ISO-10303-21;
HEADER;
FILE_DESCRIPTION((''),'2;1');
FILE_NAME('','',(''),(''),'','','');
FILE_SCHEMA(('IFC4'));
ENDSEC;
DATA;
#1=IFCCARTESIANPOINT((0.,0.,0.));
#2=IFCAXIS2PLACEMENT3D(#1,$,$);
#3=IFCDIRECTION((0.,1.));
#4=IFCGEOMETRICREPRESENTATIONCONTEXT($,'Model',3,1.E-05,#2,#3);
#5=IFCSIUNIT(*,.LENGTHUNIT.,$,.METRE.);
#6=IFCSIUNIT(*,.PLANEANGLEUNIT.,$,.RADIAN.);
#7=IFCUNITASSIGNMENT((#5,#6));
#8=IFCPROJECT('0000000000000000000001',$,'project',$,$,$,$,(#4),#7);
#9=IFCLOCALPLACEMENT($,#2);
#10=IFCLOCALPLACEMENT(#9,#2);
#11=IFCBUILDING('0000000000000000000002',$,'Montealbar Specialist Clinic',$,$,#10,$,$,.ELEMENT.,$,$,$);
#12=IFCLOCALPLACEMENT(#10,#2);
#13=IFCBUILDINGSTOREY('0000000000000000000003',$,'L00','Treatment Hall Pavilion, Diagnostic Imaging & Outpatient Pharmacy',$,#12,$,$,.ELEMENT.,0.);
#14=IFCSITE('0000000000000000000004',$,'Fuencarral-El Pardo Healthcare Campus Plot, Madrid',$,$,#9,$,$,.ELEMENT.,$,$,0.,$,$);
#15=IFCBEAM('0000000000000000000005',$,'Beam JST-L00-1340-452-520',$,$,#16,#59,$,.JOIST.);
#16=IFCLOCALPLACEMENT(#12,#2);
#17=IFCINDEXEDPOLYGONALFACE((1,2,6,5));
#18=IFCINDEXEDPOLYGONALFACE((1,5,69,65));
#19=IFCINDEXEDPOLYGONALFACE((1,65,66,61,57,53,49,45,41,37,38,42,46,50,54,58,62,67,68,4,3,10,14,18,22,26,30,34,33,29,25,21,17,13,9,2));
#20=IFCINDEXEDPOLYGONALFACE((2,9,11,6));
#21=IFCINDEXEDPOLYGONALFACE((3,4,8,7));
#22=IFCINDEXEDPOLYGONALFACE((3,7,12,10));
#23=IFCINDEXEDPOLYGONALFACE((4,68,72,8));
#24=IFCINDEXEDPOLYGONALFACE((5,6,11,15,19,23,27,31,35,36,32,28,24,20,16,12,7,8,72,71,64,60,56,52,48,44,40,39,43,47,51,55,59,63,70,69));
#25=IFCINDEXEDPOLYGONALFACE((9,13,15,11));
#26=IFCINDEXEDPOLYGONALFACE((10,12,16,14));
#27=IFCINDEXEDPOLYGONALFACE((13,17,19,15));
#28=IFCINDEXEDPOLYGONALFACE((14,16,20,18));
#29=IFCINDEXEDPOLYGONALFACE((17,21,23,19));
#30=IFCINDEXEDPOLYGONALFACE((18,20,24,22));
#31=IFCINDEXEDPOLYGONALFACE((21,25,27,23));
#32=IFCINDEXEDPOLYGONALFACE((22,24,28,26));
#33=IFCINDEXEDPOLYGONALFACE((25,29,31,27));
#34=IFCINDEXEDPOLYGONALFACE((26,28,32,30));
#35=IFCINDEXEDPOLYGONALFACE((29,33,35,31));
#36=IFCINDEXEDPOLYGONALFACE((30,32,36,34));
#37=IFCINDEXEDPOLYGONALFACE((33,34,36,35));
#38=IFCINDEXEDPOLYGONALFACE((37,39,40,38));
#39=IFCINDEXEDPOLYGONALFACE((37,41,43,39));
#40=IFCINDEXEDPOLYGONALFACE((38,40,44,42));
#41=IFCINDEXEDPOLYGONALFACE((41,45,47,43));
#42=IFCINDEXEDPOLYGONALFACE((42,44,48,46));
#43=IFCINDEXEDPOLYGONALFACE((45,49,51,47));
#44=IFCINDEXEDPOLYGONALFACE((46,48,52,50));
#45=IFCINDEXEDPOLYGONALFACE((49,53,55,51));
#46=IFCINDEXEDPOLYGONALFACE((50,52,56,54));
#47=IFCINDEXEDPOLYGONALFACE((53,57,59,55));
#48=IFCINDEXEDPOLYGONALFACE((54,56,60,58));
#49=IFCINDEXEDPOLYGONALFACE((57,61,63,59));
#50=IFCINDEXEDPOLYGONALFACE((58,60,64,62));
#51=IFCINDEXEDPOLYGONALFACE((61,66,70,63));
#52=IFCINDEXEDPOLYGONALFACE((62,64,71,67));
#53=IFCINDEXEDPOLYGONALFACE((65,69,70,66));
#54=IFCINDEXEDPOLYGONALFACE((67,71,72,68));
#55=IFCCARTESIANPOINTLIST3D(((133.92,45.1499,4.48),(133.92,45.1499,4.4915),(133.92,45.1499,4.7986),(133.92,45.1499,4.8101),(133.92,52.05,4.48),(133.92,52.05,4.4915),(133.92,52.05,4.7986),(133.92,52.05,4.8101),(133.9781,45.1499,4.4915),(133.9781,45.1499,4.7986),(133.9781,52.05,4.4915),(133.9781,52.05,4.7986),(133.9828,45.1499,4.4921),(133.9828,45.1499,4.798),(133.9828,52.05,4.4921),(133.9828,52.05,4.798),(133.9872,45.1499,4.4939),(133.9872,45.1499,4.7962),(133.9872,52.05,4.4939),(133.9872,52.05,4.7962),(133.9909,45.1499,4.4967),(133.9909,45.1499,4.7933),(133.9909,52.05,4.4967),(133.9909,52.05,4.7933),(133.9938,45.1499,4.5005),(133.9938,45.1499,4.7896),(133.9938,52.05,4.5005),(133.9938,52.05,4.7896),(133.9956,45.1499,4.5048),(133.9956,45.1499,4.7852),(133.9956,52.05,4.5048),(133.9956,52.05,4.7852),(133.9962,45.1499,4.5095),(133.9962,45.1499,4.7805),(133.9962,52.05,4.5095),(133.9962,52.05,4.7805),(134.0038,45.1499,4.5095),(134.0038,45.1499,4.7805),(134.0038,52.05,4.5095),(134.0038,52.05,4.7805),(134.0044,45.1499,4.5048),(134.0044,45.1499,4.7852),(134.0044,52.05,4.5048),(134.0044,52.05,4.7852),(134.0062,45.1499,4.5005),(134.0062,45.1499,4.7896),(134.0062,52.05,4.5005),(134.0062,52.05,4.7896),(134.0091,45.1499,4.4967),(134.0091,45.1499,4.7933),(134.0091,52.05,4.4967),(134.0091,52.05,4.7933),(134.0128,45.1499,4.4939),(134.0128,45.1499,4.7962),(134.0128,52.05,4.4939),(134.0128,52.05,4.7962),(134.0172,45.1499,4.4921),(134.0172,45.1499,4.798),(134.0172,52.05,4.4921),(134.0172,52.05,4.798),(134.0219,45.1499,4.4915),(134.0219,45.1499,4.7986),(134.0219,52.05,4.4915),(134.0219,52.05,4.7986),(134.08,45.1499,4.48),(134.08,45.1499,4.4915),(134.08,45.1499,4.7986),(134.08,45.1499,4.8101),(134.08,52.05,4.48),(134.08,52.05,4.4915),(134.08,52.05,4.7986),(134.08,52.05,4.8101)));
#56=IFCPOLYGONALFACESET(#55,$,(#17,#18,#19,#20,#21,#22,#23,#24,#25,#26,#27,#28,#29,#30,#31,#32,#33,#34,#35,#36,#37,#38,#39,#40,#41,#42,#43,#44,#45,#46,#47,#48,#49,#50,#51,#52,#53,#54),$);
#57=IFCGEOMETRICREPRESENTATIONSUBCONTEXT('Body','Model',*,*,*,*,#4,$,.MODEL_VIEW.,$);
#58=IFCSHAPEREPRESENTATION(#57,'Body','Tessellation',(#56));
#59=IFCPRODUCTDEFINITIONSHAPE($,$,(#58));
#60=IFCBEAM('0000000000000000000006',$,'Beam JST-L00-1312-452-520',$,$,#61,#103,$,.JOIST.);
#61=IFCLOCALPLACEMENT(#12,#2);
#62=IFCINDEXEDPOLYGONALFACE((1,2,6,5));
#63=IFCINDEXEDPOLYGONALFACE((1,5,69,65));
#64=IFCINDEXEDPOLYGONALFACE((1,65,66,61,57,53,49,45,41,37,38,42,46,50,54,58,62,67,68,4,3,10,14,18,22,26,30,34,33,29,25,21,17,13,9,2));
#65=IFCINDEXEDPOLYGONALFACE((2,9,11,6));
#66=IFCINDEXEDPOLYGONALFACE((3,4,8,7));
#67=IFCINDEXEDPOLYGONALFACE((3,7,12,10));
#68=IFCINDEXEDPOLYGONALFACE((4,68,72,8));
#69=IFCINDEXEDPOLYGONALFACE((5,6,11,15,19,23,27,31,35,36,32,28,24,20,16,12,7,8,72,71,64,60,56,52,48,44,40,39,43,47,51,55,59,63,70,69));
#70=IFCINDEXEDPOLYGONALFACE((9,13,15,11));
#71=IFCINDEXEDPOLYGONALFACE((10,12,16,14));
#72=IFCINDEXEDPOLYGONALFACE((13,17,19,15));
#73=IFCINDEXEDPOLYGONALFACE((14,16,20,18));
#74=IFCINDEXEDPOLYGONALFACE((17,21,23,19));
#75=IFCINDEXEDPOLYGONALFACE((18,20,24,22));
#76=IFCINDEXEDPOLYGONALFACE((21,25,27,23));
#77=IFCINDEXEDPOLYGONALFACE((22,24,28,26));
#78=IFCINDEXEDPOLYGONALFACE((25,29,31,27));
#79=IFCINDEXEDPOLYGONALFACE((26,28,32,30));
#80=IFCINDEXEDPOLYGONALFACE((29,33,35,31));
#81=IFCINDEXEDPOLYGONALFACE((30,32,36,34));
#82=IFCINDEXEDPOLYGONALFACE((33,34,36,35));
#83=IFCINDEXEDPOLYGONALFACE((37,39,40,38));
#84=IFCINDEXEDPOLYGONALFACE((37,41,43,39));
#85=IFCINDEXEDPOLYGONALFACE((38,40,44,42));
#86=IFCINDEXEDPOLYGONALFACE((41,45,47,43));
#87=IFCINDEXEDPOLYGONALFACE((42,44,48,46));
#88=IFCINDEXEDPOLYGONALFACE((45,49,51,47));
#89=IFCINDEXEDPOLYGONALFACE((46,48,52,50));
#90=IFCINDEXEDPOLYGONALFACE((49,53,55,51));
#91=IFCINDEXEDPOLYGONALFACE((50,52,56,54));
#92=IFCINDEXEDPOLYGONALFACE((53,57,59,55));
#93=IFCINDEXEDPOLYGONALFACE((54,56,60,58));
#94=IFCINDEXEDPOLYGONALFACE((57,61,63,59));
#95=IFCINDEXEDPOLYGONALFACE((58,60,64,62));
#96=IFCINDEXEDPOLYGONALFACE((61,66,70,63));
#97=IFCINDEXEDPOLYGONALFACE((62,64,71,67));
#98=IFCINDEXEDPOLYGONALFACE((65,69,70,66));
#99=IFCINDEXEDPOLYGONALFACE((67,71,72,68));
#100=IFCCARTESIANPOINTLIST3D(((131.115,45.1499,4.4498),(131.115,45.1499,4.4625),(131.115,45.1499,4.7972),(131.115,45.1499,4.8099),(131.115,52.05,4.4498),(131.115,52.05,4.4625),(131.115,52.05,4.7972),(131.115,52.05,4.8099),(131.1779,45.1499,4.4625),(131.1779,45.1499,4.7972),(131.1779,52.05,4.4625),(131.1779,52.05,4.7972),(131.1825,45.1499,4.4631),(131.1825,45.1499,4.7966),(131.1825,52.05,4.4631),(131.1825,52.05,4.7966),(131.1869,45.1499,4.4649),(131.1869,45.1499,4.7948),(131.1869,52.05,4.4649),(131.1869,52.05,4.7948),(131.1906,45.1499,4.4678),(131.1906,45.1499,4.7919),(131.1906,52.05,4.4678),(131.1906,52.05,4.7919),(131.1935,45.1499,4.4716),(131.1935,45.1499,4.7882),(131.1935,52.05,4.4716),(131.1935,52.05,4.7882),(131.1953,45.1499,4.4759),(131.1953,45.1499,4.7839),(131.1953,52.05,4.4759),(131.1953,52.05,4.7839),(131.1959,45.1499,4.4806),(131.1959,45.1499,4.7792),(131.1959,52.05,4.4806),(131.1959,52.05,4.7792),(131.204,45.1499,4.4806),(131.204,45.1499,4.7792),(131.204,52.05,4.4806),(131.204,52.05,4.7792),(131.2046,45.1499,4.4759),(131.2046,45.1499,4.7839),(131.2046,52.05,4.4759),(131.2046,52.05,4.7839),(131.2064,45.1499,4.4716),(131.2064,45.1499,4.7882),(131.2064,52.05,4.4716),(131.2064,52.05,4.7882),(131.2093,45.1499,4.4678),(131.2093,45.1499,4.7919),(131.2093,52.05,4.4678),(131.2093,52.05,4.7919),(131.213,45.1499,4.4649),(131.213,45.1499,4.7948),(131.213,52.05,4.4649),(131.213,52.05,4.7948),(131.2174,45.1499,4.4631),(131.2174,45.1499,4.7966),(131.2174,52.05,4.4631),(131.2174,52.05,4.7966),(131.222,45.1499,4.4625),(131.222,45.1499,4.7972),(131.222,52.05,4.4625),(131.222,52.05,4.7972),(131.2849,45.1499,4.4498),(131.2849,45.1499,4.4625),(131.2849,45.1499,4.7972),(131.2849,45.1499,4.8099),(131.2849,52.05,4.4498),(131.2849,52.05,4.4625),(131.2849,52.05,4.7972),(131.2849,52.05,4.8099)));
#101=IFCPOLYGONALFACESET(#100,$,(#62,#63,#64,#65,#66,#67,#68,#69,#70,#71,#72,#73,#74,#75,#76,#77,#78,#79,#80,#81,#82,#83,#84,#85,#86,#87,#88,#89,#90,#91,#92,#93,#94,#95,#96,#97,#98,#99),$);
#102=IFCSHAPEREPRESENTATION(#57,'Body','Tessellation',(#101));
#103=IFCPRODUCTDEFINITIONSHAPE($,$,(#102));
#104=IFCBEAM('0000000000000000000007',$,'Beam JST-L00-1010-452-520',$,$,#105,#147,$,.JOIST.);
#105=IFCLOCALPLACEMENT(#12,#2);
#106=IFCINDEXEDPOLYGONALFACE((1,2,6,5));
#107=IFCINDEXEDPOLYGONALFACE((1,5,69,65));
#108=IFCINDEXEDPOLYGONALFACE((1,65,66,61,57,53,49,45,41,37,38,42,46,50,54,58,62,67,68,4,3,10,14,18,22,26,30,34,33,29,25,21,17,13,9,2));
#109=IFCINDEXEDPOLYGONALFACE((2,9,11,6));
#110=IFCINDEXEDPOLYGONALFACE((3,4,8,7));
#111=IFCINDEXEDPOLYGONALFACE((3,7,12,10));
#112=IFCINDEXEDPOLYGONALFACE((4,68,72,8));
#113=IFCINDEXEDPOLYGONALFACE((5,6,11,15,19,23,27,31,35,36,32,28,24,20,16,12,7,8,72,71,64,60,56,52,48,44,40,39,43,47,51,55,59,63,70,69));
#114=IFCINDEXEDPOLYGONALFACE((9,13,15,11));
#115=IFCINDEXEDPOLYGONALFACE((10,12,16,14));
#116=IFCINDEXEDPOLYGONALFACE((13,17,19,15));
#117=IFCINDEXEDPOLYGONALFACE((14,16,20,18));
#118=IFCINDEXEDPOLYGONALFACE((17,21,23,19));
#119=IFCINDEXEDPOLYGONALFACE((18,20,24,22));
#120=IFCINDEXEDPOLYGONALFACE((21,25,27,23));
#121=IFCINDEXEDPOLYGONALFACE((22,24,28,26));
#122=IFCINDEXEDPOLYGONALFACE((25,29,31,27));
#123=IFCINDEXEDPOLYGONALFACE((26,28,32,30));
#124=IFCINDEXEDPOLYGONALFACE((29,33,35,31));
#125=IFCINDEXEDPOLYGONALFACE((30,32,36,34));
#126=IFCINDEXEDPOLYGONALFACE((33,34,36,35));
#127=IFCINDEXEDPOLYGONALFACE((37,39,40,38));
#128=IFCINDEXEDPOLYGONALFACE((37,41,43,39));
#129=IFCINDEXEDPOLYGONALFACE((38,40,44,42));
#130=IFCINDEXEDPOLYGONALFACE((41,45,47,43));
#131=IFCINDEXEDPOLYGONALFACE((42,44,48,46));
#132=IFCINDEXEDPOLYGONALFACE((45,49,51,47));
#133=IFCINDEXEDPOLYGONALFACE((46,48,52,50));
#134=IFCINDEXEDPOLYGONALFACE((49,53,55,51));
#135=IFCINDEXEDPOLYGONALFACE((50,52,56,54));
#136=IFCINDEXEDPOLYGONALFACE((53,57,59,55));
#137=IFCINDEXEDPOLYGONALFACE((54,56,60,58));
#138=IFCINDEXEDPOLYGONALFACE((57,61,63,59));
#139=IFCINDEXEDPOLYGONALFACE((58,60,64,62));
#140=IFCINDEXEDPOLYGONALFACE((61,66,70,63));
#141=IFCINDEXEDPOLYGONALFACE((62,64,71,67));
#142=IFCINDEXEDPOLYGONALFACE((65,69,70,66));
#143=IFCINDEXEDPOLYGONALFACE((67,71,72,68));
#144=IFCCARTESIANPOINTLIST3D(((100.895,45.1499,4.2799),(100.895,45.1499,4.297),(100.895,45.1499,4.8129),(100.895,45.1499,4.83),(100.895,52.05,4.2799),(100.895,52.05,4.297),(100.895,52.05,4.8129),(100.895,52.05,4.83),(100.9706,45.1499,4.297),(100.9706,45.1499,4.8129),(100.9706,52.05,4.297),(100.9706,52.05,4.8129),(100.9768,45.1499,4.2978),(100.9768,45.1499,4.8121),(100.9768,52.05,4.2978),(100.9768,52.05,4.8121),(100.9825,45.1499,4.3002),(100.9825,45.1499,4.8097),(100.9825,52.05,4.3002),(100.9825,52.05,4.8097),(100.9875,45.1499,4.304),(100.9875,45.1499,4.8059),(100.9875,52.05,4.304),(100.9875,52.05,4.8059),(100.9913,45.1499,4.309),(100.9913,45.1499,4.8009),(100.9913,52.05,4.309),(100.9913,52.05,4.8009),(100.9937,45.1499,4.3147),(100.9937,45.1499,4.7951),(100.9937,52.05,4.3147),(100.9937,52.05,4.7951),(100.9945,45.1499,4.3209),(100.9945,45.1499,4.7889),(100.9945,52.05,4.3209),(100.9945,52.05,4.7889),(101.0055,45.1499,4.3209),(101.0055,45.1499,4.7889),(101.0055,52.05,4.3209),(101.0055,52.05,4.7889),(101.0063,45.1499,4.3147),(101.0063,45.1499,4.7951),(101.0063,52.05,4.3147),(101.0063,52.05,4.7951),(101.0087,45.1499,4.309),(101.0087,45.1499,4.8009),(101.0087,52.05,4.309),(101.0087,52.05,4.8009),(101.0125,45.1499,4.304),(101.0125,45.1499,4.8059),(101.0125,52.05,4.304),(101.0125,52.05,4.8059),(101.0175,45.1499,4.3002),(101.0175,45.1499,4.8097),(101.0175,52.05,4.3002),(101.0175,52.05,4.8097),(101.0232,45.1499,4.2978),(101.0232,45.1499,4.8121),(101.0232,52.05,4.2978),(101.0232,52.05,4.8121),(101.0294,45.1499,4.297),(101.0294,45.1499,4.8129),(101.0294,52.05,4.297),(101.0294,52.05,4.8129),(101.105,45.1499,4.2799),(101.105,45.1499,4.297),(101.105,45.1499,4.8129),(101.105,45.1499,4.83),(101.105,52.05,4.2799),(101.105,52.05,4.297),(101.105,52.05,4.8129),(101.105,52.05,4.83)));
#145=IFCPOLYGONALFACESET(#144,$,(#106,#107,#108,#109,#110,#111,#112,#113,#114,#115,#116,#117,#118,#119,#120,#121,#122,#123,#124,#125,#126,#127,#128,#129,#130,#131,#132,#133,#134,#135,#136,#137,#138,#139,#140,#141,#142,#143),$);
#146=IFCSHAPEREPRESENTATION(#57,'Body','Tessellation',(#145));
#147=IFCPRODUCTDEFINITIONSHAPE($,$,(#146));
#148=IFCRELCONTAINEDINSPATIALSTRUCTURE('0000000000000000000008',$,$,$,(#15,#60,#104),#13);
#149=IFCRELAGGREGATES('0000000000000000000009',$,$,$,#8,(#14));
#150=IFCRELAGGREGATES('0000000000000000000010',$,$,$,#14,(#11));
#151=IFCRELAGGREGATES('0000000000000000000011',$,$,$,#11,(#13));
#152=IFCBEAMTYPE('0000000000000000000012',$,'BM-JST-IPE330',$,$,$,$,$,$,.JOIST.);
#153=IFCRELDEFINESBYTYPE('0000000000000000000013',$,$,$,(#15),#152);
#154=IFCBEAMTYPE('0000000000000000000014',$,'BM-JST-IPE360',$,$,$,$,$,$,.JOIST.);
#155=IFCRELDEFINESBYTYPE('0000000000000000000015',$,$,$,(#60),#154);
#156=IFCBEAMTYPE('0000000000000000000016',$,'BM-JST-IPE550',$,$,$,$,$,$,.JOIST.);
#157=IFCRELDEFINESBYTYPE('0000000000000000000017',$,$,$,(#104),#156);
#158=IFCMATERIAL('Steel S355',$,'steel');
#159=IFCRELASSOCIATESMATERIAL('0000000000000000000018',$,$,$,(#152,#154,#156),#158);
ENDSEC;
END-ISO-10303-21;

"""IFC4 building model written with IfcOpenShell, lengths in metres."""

from ifc_helpers import new_model, si_unit, direction, frame, origin, origin_2d, place, context, subcontext, project, spatial, i_section, extrude, material, material_profile, profile_set, type_object, element, save


model = new_model("IFC4")

# Units and contexts
model_context = context("Model", 3, precision=1e-05, world=origin(), true_north=direction((0.0, 1.0)))
body_context = subcontext(model_context, "Body", "Model", "MODEL_VIEW")
ifc_project = project(units=[si_unit("LENGTHUNIT", "METRE"), si_unit("PLANEANGLEUNIT", "RADIAN")], contexts=[model_context])

# Site, building, storey
site_placement = place(None, origin())
site = spatial("IfcSite", under=ifc_project, at=site_placement, Name="Fuencarral-El Pardo Healthcare Campus Plot, Madrid", CompositionType="ELEMENT", RefElevation=0.0)
building_placement = place(site_placement, origin())
building = spatial("IfcBuilding", under=site, at=building_placement, Name="Montealbar Specialist Clinic", CompositionType="ELEMENT")
storey_placement = place(building_placement, origin())
storey = spatial("IfcBuildingStorey", under=building, at=storey_placement, Name="L00", Description="Treatment Hall Pavilion, Diagnostic Imaging & Outpatient Pharmacy", CompositionType="ELEMENT", Elevation=0.0)

# Shared definitions
ifc_material_1 = material(Name="Steel S355", Category="steel")

# Beams
ifc_material_profile_1 = material_profile(ifc_material_1, i_section(OverallWidth=0.1599, OverallDepth=0.3301, WebThickness=0.0076, FlangeThickness=0.0115, FilletRadius=0.0181, at=origin_2d()), Name="IPE 330", Category="steel")
ifc_profile_set_1 = profile_set([ifc_material_profile_1], Name="Steel S355")
beam_type_1 = type_object("IfcBeamType", Name="BM-JST-IPE330", PredefinedType="JOIST", material=ifc_profile_set_1)
beam_1_placement = place(storey_placement, frame((134.0, 45.1499, 4.645), z_axis=(0.0, 1.0, 0.0), x_axis=(-1.0, 0.0, 0.0)))
element("IfcBeam", 1, at=beam_1_placement, inside=storey, type_object=beam_type_1, Name="Beam JST-L00-1340-452-520", PredefinedType="JOIST", context=body_context, shape_type="SweptSolid", body=[
    extrude(i_section(OverallWidth=0.1599, OverallDepth=0.3301, WebThickness=0.0076, FlangeThickness=0.0115, FilletRadius=0.0181, at=origin_2d()), origin(), (0.0, 0.0, 1.0), 6.9001),
])
ifc_material_profile_2 = material_profile(ifc_material_1, i_section(OverallWidth=0.1699, OverallDepth=0.3601, WebThickness=0.0081, FlangeThickness=0.0127, FilletRadius=0.0181, at=origin_2d()), Name="IPE 360", Category="steel")
ifc_profile_set_2 = profile_set([ifc_material_profile_2], Name="Steel S355")
beam_type_2 = type_object("IfcBeamType", Name="BM-JST-IPE360", PredefinedType="JOIST", material=ifc_profile_set_2)
beam_2_placement = place(storey_placement, frame((131.2, 45.1499, 4.6299), z_axis=(0.0, 1.0, 0.0), x_axis=(-1.0, 0.0, 0.0)))
element("IfcBeam", 2, at=beam_2_placement, inside=storey, type_object=beam_type_2, Name="Beam JST-L00-1312-452-520", PredefinedType="JOIST", context=body_context, shape_type="SweptSolid", body=[
    extrude(i_section(OverallWidth=0.1699, OverallDepth=0.3601, WebThickness=0.0081, FlangeThickness=0.0127, FilletRadius=0.0181, at=origin_2d()), origin(), (0.0, 0.0, 1.0), 6.9001),
])
ifc_material_profile_3 = material_profile(ifc_material_1, i_section(OverallWidth=0.21, OverallDepth=0.55, WebThickness=0.011, FlangeThickness=0.0171, FilletRadius=0.0239, at=origin_2d()), Name="IPE 550", Category="steel")
ifc_profile_set_3 = profile_set([ifc_material_profile_3], Name="Steel S355")
beam_type_3 = type_object("IfcBeamType", Name="BM-JST-IPE550", PredefinedType="JOIST", material=ifc_profile_set_3)
beam_3_placement = place(storey_placement, frame((101.0, 45.1499, 4.5549), z_axis=(0.0, 1.0, 0.0), x_axis=(-1.0, 0.0, 0.0)))
element("IfcBeam", 3, at=beam_3_placement, inside=storey, type_object=beam_type_3, Name="Beam JST-L00-1010-452-520", PredefinedType="JOIST", context=body_context, shape_type="SweptSolid", body=[
    extrude(i_section(OverallWidth=0.21, OverallDepth=0.55, WebThickness=0.011, FlangeThickness=0.0171, FilletRadius=0.0239, at=origin_2d()), origin(), (0.0, 0.0, 1.0), 6.9001),
])

save(model, "model.ifc")
